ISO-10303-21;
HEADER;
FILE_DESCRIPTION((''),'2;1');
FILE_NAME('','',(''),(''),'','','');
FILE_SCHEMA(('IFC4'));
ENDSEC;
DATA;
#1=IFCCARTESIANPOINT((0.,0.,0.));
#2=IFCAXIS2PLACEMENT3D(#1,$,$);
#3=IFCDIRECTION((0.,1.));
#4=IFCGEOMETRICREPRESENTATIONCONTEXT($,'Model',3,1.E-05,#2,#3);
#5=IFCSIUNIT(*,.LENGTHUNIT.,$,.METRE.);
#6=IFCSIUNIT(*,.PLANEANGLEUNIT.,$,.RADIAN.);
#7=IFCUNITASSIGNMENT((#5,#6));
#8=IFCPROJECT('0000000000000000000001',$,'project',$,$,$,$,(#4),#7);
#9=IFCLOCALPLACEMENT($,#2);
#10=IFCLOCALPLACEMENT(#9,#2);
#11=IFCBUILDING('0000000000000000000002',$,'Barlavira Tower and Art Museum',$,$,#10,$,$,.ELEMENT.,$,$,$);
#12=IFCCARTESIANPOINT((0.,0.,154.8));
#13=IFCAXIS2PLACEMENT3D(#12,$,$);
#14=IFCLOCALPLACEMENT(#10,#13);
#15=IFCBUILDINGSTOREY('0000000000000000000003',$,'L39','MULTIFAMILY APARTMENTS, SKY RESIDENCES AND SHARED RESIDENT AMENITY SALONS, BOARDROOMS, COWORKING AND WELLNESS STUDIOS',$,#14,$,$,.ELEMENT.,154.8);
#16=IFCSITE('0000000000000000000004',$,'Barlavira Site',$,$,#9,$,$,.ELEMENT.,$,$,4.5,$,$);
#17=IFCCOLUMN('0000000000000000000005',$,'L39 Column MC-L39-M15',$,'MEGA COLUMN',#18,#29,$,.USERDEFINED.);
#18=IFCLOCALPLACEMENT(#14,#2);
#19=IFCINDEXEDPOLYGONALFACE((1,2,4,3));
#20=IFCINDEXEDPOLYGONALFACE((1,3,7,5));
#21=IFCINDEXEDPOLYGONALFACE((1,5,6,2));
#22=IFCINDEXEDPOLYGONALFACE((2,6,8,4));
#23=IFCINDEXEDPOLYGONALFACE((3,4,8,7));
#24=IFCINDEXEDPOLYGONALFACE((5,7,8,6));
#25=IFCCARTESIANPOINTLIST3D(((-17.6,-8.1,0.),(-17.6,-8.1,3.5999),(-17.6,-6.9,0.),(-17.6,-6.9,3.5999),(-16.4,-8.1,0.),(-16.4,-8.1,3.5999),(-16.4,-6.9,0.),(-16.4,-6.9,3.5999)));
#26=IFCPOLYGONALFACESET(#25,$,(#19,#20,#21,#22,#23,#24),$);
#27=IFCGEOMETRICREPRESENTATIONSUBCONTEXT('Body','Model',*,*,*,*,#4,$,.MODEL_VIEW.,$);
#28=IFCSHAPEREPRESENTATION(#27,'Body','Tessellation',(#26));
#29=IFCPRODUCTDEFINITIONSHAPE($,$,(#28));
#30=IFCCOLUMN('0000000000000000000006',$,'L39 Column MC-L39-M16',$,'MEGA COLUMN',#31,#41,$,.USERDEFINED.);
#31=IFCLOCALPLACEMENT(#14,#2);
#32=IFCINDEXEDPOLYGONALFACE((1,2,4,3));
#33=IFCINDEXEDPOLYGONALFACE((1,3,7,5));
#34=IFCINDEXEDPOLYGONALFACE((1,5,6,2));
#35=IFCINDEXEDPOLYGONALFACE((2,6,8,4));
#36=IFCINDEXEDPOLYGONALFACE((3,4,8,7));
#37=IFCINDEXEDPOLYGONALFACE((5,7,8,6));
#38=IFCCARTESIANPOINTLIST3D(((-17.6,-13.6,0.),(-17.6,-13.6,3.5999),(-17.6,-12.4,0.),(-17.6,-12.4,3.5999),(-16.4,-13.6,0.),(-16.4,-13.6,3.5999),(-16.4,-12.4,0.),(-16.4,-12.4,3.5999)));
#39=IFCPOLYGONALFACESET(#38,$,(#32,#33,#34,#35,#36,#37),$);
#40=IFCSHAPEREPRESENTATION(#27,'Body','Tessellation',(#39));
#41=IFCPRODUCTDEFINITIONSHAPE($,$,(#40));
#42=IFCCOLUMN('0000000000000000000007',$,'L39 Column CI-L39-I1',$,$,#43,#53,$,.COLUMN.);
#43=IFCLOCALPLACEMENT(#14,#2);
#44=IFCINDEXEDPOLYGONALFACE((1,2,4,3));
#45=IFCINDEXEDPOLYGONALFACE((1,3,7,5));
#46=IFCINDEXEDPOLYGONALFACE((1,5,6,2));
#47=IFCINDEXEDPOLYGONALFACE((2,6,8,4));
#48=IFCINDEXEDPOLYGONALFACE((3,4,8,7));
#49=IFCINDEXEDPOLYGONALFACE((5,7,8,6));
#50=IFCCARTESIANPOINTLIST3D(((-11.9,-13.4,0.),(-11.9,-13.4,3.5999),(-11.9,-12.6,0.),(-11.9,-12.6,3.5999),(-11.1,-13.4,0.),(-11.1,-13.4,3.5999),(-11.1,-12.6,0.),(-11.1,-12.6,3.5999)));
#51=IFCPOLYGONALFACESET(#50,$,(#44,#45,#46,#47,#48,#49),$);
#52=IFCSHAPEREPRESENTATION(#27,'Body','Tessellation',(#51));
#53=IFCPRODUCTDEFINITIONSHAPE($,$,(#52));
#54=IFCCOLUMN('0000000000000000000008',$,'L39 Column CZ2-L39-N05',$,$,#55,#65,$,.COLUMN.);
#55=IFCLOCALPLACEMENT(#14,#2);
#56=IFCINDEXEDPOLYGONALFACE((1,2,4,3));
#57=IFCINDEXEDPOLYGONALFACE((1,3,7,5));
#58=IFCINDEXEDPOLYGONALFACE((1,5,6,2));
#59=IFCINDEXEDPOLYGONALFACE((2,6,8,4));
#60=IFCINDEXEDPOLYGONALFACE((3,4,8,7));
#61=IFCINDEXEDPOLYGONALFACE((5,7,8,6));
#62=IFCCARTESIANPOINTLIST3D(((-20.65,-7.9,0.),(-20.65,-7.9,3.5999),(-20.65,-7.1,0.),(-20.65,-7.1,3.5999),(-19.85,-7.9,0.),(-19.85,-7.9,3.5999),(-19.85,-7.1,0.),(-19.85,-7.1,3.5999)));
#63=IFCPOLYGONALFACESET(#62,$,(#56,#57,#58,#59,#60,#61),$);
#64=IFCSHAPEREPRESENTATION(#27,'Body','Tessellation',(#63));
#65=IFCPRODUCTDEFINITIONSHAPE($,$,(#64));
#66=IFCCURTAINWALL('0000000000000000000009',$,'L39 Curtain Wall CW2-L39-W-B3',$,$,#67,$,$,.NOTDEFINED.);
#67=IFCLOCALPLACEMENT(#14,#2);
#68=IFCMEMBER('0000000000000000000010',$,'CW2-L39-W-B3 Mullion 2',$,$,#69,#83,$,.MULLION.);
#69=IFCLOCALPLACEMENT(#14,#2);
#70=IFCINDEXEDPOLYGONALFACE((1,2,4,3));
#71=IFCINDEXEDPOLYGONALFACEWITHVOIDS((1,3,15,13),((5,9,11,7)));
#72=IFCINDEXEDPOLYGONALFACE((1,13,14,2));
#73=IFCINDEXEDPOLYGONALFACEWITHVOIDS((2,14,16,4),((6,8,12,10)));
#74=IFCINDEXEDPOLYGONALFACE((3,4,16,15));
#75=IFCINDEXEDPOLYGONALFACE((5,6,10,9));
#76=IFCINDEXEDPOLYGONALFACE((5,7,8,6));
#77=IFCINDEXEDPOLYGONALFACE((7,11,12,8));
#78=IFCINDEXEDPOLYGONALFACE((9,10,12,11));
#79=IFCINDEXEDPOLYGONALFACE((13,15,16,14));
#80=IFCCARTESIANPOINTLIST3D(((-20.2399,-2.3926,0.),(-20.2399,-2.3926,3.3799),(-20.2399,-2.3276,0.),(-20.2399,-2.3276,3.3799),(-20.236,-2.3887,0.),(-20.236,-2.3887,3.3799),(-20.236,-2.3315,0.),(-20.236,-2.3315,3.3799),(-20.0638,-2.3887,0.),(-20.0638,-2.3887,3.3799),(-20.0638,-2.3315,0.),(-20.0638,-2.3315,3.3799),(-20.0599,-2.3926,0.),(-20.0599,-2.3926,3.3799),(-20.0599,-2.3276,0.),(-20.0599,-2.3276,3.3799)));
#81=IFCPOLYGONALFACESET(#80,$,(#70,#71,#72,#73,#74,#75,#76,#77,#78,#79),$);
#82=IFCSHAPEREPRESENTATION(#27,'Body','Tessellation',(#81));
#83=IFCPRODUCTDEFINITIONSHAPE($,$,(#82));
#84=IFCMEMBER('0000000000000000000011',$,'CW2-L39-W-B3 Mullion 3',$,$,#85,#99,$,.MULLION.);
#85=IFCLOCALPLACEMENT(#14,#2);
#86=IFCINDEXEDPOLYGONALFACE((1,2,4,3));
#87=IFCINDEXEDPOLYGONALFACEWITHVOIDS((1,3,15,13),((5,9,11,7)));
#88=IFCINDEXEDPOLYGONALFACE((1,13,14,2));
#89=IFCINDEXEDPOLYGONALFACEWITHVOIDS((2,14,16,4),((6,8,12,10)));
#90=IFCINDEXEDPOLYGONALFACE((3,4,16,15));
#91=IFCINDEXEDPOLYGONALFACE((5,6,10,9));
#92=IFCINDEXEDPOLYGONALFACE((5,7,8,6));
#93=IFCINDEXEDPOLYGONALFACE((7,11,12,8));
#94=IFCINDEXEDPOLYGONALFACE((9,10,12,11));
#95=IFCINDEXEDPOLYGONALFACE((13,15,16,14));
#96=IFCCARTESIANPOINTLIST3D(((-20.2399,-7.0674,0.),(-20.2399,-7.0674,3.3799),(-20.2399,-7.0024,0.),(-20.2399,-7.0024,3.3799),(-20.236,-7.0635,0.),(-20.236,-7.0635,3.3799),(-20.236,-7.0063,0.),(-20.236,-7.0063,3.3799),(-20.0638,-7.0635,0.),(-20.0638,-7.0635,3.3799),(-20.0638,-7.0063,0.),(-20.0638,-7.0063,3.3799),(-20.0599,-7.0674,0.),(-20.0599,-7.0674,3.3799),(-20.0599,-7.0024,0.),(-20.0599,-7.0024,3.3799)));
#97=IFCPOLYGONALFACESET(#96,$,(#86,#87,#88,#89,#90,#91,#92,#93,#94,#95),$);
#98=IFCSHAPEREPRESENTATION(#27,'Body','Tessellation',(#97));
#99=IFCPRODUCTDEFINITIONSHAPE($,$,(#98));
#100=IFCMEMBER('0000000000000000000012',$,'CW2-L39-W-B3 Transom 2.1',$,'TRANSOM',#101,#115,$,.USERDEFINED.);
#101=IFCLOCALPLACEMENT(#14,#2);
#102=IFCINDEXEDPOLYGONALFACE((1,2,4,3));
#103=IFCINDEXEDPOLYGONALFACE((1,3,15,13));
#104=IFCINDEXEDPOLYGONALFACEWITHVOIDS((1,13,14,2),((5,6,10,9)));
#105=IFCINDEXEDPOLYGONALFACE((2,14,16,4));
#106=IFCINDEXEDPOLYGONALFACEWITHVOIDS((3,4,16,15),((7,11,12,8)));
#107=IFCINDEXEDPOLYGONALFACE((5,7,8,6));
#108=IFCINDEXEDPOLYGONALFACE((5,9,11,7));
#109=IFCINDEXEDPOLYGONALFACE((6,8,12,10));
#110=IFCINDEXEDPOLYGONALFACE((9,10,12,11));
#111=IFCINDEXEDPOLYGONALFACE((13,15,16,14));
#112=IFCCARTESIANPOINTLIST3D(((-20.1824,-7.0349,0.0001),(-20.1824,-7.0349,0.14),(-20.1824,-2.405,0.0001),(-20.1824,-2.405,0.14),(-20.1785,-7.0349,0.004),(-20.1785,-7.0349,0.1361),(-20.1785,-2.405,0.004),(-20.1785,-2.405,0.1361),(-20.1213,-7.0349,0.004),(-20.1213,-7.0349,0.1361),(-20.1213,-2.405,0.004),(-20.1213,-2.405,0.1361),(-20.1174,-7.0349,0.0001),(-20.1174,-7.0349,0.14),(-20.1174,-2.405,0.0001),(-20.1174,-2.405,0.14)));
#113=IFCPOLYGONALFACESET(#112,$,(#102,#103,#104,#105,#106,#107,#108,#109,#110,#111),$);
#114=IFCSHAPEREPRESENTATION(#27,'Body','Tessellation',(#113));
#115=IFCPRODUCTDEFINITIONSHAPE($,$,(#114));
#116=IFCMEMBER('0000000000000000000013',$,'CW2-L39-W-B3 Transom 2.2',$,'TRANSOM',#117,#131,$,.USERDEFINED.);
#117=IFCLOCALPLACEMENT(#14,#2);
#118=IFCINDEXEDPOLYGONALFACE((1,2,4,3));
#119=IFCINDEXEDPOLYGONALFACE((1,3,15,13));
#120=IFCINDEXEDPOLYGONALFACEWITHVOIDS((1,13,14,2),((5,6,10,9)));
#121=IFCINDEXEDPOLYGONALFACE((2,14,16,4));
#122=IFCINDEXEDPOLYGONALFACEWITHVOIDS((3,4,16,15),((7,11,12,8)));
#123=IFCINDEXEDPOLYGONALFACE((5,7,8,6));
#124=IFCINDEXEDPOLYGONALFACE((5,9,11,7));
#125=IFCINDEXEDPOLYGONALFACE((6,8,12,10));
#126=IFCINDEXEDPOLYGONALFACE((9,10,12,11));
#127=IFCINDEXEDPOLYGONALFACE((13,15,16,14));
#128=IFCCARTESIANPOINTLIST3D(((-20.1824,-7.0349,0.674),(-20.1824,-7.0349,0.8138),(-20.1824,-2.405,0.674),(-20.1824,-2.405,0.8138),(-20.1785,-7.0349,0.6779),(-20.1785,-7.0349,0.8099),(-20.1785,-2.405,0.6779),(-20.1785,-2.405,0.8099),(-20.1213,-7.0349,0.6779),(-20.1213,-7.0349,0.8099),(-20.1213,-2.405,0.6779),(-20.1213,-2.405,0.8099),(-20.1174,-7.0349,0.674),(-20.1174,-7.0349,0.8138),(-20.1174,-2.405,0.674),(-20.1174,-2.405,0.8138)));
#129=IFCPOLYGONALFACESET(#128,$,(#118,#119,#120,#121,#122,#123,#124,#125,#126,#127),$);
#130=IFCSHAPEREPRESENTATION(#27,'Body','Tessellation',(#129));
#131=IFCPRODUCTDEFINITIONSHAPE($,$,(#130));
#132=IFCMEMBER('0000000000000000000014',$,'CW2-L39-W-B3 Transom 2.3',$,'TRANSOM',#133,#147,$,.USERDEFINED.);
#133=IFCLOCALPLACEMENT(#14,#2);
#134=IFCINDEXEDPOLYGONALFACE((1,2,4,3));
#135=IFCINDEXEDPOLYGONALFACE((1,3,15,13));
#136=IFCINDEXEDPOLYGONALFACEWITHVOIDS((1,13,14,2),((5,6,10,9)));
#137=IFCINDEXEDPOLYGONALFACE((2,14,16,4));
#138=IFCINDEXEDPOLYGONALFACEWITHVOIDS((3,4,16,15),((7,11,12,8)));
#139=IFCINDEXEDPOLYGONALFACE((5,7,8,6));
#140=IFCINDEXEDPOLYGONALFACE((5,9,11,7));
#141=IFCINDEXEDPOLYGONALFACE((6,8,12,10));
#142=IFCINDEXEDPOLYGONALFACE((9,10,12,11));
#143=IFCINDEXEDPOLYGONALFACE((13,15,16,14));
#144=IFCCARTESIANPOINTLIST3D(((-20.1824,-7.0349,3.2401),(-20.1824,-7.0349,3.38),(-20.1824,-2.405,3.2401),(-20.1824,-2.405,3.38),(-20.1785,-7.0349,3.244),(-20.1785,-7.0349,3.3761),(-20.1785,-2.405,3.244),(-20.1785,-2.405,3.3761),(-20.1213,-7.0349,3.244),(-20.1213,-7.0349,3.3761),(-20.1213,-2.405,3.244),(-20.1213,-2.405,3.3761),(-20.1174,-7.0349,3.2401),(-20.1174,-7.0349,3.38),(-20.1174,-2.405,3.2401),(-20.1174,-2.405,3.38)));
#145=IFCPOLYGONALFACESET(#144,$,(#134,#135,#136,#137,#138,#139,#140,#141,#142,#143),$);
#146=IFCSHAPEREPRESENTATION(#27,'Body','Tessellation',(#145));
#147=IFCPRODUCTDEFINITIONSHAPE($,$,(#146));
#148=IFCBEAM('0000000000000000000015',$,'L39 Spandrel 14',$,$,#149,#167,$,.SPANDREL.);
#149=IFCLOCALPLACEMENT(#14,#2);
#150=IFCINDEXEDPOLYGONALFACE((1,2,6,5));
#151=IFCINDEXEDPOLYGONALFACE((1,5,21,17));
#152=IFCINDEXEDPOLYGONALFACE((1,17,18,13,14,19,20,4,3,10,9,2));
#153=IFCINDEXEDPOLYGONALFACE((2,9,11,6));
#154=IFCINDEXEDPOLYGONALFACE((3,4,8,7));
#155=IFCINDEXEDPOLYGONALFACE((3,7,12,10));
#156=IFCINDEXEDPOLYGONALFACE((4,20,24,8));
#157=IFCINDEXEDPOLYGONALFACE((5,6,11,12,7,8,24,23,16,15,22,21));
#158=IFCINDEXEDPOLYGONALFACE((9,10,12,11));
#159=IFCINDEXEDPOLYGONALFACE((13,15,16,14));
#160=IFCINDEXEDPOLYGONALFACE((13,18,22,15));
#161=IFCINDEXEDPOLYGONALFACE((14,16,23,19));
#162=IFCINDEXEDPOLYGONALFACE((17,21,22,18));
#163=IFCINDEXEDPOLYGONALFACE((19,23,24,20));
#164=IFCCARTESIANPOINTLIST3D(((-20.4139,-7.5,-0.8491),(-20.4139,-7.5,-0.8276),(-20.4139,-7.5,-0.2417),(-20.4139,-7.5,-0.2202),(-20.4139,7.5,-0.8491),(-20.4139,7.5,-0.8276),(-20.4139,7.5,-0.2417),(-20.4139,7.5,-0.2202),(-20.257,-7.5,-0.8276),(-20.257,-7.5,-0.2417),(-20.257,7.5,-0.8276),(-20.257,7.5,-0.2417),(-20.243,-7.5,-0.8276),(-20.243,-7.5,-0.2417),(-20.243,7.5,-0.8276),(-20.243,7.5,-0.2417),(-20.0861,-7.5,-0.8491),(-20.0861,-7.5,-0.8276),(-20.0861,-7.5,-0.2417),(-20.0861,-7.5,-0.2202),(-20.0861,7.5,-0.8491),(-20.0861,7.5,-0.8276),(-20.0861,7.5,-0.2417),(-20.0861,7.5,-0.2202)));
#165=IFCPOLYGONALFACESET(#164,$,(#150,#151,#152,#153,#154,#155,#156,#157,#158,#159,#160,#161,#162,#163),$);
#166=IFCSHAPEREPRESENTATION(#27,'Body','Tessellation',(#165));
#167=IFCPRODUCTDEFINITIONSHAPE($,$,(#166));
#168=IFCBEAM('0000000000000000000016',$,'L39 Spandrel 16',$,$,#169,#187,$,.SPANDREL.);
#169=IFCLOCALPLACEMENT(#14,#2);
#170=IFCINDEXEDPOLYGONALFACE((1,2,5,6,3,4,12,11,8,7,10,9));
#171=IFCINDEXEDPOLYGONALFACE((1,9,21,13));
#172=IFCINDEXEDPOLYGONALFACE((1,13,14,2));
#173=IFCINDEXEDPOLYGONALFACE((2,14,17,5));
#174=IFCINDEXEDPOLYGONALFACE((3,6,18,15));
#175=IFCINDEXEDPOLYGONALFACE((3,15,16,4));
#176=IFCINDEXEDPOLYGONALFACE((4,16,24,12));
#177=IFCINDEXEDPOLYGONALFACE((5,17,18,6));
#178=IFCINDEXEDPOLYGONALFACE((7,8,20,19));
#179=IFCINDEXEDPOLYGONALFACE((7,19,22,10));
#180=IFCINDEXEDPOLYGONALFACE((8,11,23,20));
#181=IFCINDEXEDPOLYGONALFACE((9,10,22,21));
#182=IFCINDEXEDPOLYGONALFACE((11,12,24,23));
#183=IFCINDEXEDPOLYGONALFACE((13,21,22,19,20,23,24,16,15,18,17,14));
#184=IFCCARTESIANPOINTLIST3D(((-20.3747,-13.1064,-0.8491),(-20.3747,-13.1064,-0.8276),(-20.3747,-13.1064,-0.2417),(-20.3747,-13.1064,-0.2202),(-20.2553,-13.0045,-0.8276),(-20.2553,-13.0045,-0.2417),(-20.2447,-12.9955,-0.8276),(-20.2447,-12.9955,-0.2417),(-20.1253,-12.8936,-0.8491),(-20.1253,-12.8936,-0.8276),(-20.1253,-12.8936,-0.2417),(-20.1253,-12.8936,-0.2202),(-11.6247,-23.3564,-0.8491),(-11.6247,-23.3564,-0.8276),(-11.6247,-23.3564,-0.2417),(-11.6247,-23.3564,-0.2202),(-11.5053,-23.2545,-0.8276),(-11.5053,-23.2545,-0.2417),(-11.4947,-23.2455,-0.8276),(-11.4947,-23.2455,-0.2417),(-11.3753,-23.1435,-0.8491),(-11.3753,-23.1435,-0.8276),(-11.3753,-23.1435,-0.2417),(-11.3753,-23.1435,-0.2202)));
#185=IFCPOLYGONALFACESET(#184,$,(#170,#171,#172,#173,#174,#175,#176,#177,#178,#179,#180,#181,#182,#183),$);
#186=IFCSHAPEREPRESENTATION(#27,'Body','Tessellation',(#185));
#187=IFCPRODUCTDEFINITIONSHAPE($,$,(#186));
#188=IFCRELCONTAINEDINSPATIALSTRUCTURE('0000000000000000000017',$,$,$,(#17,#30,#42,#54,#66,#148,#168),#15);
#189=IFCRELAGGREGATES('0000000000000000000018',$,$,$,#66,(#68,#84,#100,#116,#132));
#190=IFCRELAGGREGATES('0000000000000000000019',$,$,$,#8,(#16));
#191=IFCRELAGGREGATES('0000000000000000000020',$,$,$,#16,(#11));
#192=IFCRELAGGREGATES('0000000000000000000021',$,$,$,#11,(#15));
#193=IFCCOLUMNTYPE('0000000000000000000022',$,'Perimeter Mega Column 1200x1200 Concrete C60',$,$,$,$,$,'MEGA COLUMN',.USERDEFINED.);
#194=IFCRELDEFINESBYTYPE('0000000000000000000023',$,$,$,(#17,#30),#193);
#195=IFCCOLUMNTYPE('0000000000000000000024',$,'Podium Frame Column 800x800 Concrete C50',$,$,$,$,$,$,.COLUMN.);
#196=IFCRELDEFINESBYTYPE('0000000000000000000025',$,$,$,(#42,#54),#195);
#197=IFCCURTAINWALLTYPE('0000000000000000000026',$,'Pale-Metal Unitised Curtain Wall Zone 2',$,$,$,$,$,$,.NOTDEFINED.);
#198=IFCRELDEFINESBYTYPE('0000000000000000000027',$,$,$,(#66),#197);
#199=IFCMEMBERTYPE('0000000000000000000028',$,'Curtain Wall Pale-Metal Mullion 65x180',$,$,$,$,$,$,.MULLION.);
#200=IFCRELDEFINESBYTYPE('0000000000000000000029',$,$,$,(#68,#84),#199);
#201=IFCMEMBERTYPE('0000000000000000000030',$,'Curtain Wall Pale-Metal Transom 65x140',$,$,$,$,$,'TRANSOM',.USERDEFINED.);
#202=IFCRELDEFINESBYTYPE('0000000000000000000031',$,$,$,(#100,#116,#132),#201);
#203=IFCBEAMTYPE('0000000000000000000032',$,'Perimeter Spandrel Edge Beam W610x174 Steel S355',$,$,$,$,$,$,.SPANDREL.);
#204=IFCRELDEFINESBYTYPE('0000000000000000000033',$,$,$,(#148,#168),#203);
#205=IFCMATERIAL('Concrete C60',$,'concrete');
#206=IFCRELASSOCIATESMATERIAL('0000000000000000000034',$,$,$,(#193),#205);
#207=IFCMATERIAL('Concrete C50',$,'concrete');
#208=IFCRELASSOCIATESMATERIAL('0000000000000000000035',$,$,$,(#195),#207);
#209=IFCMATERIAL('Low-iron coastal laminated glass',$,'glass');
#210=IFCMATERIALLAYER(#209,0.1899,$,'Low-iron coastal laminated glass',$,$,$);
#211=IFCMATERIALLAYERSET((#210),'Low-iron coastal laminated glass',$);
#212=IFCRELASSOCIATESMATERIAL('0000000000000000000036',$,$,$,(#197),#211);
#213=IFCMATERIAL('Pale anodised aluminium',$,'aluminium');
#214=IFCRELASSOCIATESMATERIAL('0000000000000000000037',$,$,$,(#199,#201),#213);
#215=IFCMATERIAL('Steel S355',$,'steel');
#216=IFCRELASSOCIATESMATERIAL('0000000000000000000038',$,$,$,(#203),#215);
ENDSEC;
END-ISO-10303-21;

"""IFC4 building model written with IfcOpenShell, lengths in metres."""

from ifc_helpers import new_model, si_unit, direction, frame, origin, origin_2d, place, context, subcontext, project, spatial, rectangle, hollow_rectangle, i_section, extrude, material, layer, layer_set, material_profile, profile_set, type_object, element, aggregate, save


model = new_model("IFC4")

# Units and contexts
model_context = context("Model", 3, precision=1e-05, world=origin(), true_north=direction((0.0, 1.0)))
body_context = subcontext(model_context, "Body", "Model", "MODEL_VIEW")
ifc_project = project(units=[si_unit("LENGTHUNIT", "METRE"), si_unit("PLANEANGLEUNIT", "RADIAN")], contexts=[model_context])

# Site, building, storey
site_placement = place(None, origin())
site = spatial("IfcSite", under=ifc_project, at=site_placement, Name="Barlavira Site", CompositionType="ELEMENT", RefElevation=4.5)
building_placement = place(site_placement, origin())
building = spatial("IfcBuilding", under=site, at=building_placement, Name="Barlavira Tower and Art Museum", CompositionType="ELEMENT")
storey_placement = place(building_placement, frame((0.0, 0.0, 154.8)))
storey = spatial("IfcBuildingStorey", under=building, at=storey_placement, Name="L39", Description="MULTIFAMILY APARTMENTS, SKY RESIDENCES AND SHARED RESIDENT AMENITY SALONS, BOARDROOMS, COWORKING AND WELLNESS STUDIOS", CompositionType="ELEMENT", Elevation=154.8)

# Columns
ifc_material_1 = material(Name="Concrete C60", Category="concrete")
ifc_material_profile_1 = material_profile(ifc_material_1, rectangle(XDim=1.2, YDim=1.2, at=origin_2d()), Name="RC-COL 1200x1200")
ifc_profile_set_1 = profile_set([ifc_material_profile_1], Name="Concrete C60")
column_type_1 = type_object("IfcColumnType", Name="Perimeter Mega Column 1200x1200 Concrete C60", ElementType="MEGA COLUMN", PredefinedType="USERDEFINED", material=ifc_profile_set_1)
for number, where, z_axis, x_axis, name in (
    (1, (-17.0, -7.5, 0.0), (0.0, 0.0, 1.0), (1.0, 0.0, 0.0), "L39 Column MC-L39-M15"),
    (2, (-17.0, -13.0, 0.0), (0.0, 0.0, 1.0), (1.0, 0.0, 0.0), "L39 Column MC-L39-M16"),
):
    element("IfcColumn", number, at=place(storey_placement, frame(where, z_axis=z_axis, x_axis=x_axis)), inside=storey, type_object=column_type_1, Name=name, ObjectType="MEGA COLUMN", PredefinedType="USERDEFINED", context=body_context, shape_type="SweptSolid", body=[
        extrude(rectangle(XDim=1.2, YDim=1.2, at=origin_2d()), origin(), (0.0, 0.0, 1.0), 3.5999),
    ])
ifc_material_2 = material(Name="Concrete C50", Category="concrete")
ifc_material_profile_2 = material_profile(ifc_material_2, rectangle(XDim=0.8, YDim=0.8, at=origin_2d()), Name="RC-COL 800x800")
ifc_profile_set_2 = profile_set([ifc_material_profile_2], Name="Concrete C50")
column_type_2 = type_object("IfcColumnType", Name="Podium Frame Column 800x800 Concrete C50", PredefinedType="COLUMN", material=ifc_profile_set_2)
for number, where, z_axis, x_axis, name in (
    (3, (-11.5, -13.0, 0.0), (0.0, 0.0, 1.0), (1.0, 0.0, 0.0), "L39 Column CI-L39-I1"),
    (4, (-20.25, -7.5, 0.0), (0.0, 0.0, 1.0), (1.0, 0.0, 0.0), "L39 Column CZ2-L39-N05"),
):
    element("IfcColumn", number, at=place(storey_placement, frame(where, z_axis=z_axis, x_axis=x_axis)), inside=storey, type_object=column_type_2, Name=name, PredefinedType="COLUMN", context=body_context, shape_type="SweptSolid", body=[
        extrude(rectangle(XDim=0.8, YDim=0.8, at=origin_2d()), origin(), (0.0, 0.0, 1.0), 3.5999),
    ])

# Curtain wall, members
ifc_material_3 = material(Name="Low-iron coastal laminated glass", Category="glass")
ifc_layer_1 = layer(ifc_material_3, 0.1899, Name="Low-iron coastal laminated glass")
ifc_layer_set_1 = layer_set([ifc_layer_1], Name="Low-iron coastal laminated glass")
curtain_wall_type = type_object("IfcCurtainWallType", Name="Pale-Metal Unitised Curtain Wall Zone 2", PredefinedType="NOTDEFINED", material=ifc_layer_set_1)
curtain_wall_placement = place(storey_placement, origin())
curtain_wall = element("IfcCurtainWall", 5, at=curtain_wall_placement, inside=storey, type_object=curtain_wall_type, Name="L39 Curtain Wall CW2-L39-W-B3", PredefinedType="NOTDEFINED")
ifc_material_4 = material(Name="Pale anodised aluminium", Category="aluminium")
ifc_material_profile_3 = material_profile(ifc_material_4, hollow_rectangle(XDim=0.0649, YDim=0.1799, WallThickness=0.0039, at=origin_2d()), Name="ALU-MULL 65x180x4")
ifc_profile_set_3 = profile_set([ifc_material_profile_3], Name="Pale anodised aluminium")
member_type_1 = type_object("IfcMemberType", Name="Curtain Wall Pale-Metal Mullion 65x180", PredefinedType="MULLION", material=ifc_profile_set_3)
member_1_placement = place(storey_placement, frame((-20.1499, -2.3601, 0.0), z_axis=(0.0, 0.0, 1.0), x_axis=(0.0, -1.0, 0.0)))
member_1 = element("IfcMember", 6, at=member_1_placement, type_object=member_type_1, Name="CW2-L39-W-B3 Mullion 2", PredefinedType="MULLION", context=body_context, shape_type="SweptSolid", body=[
    extrude(hollow_rectangle(XDim=0.0649, YDim=0.1799, WallThickness=0.0039, at=origin_2d()), origin(), (0.0, 0.0, 1.0), 3.3799),
])
member_2_placement = place(storey_placement, frame((-20.1499, -7.0349, 0.0), z_axis=(0.0, 0.0, 1.0), x_axis=(0.0, -1.0, 0.0)))
member_2 = element("IfcMember", 7, at=member_2_placement, type_object=member_type_1, Name="CW2-L39-W-B3 Mullion 3", PredefinedType="MULLION", context=body_context, shape_type="SweptSolid", body=[
    extrude(hollow_rectangle(XDim=0.0649, YDim=0.1799, WallThickness=0.0039, at=origin_2d()), origin(), (0.0, 0.0, 1.0), 3.3799),
])
ifc_material_profile_4 = material_profile(ifc_material_4, hollow_rectangle(XDim=0.0649, YDim=0.1399, WallThickness=0.0039, at=origin_2d()), Name="ALU-TRAN 65x140x4")
ifc_profile_set_4 = profile_set([ifc_material_profile_4], Name="Pale anodised aluminium")
member_type_2 = type_object("IfcMemberType", Name="Curtain Wall Pale-Metal Transom 65x140", ElementType="TRANSOM", PredefinedType="USERDEFINED", material=ifc_profile_set_4)
member_3_placement = place(storey_placement, frame((-20.1499, -2.405, 0.0701), z_axis=(0.0, -1.0, 0.0), x_axis=(1.0, 0.0, 0.0)))
member_3 = element("IfcMember", 8, at=member_3_placement, type_object=member_type_2, Name="CW2-L39-W-B3 Transom 2.1", ObjectType="TRANSOM", PredefinedType="USERDEFINED", context=body_context, shape_type="SweptSolid", body=[
    extrude(hollow_rectangle(XDim=0.0649, YDim=0.1399, WallThickness=0.0039, at=origin_2d()), origin(), (0.0, 0.0, 1.0), 4.6299),
])
member_4_placement = place(storey_placement, frame((-20.1499, -2.405, 0.7439), z_axis=(0.0, -1.0, 0.0), x_axis=(1.0, 0.0, 0.0)))
member_4 = element("IfcMember", 9, at=member_4_placement, type_object=member_type_2, Name="CW2-L39-W-B3 Transom 2.2", ObjectType="TRANSOM", PredefinedType="USERDEFINED", context=body_context, shape_type="SweptSolid", body=[
    extrude(hollow_rectangle(XDim=0.0649, YDim=0.1399, WallThickness=0.0039, at=origin_2d()), origin(), (0.0, 0.0, 1.0), 4.6299),
])
member_5_placement = place(storey_placement, frame((-20.1499, -2.405, 3.3101), z_axis=(0.0, -1.0, 0.0), x_axis=(1.0, 0.0, 0.0)))
member_5 = element("IfcMember", 10, at=member_5_placement, type_object=member_type_2, Name="CW2-L39-W-B3 Transom 2.3", ObjectType="TRANSOM", PredefinedType="USERDEFINED", context=body_context, shape_type="SweptSolid", body=[
    extrude(hollow_rectangle(XDim=0.0649, YDim=0.1399, WallThickness=0.0039, at=origin_2d()), origin(), (0.0, 0.0, 1.0), 4.6299),
])

# Beams
ifc_material_5 = material(Name="Steel S355", Category="steel")
ifc_material_profile_5 = material_profile(ifc_material_5, i_section(OverallWidth=0.3279, OverallDepth=0.6289, WebThickness=0.0139, FlangeThickness=0.0215, at=origin_2d()), Name="W610x174.0")
ifc_profile_set_5 = profile_set([ifc_material_profile_5], Name="Steel S355")
beam_type_1 = type_object("IfcBeamType", Name="Perimeter Spandrel Edge Beam W610x174 Steel S355", PredefinedType="SPANDREL", material=ifc_profile_set_5)
beam_1_placement = place(storey_placement, frame((-20.25, -7.5, -0.5347), z_axis=(0.0, 1.0, 0.0), x_axis=(-1.0, 0.0, 0.0)))
element("IfcBeam", 11, at=beam_1_placement, inside=storey, type_object=beam_type_1, Name="L39 Spandrel 14", PredefinedType="SPANDREL", context=body_context, shape_type="SweptSolid", body=[
    extrude(i_section(OverallWidth=0.3279, OverallDepth=0.6289, WebThickness=0.0139, FlangeThickness=0.0215, at=origin_2d()), origin(), (0.0, 0.0, 1.0), 15.0),
])
beam_2_placement = place(storey_placement, frame((-20.25, -13.0, -0.5347), z_axis=(0.649262, -0.760565, 0.0), x_axis=(0.760565, 0.649262, 0.0)))
element("IfcBeam", 12, at=beam_2_placement, inside=storey, type_object=beam_type_1, Name="L39 Spandrel 16", PredefinedType="SPANDREL", context=body_context, shape_type="SweptSolid", body=[
    extrude(i_section(OverallWidth=0.3279, OverallDepth=0.6289, WebThickness=0.0139, FlangeThickness=0.0215, at=origin_2d()), origin(), (0.0, 0.0, 1.0), 13.4768),
])

aggregate(curtain_wall, [member_1, member_2, member_3, member_4, member_5])

save(model, "model.ifc")
